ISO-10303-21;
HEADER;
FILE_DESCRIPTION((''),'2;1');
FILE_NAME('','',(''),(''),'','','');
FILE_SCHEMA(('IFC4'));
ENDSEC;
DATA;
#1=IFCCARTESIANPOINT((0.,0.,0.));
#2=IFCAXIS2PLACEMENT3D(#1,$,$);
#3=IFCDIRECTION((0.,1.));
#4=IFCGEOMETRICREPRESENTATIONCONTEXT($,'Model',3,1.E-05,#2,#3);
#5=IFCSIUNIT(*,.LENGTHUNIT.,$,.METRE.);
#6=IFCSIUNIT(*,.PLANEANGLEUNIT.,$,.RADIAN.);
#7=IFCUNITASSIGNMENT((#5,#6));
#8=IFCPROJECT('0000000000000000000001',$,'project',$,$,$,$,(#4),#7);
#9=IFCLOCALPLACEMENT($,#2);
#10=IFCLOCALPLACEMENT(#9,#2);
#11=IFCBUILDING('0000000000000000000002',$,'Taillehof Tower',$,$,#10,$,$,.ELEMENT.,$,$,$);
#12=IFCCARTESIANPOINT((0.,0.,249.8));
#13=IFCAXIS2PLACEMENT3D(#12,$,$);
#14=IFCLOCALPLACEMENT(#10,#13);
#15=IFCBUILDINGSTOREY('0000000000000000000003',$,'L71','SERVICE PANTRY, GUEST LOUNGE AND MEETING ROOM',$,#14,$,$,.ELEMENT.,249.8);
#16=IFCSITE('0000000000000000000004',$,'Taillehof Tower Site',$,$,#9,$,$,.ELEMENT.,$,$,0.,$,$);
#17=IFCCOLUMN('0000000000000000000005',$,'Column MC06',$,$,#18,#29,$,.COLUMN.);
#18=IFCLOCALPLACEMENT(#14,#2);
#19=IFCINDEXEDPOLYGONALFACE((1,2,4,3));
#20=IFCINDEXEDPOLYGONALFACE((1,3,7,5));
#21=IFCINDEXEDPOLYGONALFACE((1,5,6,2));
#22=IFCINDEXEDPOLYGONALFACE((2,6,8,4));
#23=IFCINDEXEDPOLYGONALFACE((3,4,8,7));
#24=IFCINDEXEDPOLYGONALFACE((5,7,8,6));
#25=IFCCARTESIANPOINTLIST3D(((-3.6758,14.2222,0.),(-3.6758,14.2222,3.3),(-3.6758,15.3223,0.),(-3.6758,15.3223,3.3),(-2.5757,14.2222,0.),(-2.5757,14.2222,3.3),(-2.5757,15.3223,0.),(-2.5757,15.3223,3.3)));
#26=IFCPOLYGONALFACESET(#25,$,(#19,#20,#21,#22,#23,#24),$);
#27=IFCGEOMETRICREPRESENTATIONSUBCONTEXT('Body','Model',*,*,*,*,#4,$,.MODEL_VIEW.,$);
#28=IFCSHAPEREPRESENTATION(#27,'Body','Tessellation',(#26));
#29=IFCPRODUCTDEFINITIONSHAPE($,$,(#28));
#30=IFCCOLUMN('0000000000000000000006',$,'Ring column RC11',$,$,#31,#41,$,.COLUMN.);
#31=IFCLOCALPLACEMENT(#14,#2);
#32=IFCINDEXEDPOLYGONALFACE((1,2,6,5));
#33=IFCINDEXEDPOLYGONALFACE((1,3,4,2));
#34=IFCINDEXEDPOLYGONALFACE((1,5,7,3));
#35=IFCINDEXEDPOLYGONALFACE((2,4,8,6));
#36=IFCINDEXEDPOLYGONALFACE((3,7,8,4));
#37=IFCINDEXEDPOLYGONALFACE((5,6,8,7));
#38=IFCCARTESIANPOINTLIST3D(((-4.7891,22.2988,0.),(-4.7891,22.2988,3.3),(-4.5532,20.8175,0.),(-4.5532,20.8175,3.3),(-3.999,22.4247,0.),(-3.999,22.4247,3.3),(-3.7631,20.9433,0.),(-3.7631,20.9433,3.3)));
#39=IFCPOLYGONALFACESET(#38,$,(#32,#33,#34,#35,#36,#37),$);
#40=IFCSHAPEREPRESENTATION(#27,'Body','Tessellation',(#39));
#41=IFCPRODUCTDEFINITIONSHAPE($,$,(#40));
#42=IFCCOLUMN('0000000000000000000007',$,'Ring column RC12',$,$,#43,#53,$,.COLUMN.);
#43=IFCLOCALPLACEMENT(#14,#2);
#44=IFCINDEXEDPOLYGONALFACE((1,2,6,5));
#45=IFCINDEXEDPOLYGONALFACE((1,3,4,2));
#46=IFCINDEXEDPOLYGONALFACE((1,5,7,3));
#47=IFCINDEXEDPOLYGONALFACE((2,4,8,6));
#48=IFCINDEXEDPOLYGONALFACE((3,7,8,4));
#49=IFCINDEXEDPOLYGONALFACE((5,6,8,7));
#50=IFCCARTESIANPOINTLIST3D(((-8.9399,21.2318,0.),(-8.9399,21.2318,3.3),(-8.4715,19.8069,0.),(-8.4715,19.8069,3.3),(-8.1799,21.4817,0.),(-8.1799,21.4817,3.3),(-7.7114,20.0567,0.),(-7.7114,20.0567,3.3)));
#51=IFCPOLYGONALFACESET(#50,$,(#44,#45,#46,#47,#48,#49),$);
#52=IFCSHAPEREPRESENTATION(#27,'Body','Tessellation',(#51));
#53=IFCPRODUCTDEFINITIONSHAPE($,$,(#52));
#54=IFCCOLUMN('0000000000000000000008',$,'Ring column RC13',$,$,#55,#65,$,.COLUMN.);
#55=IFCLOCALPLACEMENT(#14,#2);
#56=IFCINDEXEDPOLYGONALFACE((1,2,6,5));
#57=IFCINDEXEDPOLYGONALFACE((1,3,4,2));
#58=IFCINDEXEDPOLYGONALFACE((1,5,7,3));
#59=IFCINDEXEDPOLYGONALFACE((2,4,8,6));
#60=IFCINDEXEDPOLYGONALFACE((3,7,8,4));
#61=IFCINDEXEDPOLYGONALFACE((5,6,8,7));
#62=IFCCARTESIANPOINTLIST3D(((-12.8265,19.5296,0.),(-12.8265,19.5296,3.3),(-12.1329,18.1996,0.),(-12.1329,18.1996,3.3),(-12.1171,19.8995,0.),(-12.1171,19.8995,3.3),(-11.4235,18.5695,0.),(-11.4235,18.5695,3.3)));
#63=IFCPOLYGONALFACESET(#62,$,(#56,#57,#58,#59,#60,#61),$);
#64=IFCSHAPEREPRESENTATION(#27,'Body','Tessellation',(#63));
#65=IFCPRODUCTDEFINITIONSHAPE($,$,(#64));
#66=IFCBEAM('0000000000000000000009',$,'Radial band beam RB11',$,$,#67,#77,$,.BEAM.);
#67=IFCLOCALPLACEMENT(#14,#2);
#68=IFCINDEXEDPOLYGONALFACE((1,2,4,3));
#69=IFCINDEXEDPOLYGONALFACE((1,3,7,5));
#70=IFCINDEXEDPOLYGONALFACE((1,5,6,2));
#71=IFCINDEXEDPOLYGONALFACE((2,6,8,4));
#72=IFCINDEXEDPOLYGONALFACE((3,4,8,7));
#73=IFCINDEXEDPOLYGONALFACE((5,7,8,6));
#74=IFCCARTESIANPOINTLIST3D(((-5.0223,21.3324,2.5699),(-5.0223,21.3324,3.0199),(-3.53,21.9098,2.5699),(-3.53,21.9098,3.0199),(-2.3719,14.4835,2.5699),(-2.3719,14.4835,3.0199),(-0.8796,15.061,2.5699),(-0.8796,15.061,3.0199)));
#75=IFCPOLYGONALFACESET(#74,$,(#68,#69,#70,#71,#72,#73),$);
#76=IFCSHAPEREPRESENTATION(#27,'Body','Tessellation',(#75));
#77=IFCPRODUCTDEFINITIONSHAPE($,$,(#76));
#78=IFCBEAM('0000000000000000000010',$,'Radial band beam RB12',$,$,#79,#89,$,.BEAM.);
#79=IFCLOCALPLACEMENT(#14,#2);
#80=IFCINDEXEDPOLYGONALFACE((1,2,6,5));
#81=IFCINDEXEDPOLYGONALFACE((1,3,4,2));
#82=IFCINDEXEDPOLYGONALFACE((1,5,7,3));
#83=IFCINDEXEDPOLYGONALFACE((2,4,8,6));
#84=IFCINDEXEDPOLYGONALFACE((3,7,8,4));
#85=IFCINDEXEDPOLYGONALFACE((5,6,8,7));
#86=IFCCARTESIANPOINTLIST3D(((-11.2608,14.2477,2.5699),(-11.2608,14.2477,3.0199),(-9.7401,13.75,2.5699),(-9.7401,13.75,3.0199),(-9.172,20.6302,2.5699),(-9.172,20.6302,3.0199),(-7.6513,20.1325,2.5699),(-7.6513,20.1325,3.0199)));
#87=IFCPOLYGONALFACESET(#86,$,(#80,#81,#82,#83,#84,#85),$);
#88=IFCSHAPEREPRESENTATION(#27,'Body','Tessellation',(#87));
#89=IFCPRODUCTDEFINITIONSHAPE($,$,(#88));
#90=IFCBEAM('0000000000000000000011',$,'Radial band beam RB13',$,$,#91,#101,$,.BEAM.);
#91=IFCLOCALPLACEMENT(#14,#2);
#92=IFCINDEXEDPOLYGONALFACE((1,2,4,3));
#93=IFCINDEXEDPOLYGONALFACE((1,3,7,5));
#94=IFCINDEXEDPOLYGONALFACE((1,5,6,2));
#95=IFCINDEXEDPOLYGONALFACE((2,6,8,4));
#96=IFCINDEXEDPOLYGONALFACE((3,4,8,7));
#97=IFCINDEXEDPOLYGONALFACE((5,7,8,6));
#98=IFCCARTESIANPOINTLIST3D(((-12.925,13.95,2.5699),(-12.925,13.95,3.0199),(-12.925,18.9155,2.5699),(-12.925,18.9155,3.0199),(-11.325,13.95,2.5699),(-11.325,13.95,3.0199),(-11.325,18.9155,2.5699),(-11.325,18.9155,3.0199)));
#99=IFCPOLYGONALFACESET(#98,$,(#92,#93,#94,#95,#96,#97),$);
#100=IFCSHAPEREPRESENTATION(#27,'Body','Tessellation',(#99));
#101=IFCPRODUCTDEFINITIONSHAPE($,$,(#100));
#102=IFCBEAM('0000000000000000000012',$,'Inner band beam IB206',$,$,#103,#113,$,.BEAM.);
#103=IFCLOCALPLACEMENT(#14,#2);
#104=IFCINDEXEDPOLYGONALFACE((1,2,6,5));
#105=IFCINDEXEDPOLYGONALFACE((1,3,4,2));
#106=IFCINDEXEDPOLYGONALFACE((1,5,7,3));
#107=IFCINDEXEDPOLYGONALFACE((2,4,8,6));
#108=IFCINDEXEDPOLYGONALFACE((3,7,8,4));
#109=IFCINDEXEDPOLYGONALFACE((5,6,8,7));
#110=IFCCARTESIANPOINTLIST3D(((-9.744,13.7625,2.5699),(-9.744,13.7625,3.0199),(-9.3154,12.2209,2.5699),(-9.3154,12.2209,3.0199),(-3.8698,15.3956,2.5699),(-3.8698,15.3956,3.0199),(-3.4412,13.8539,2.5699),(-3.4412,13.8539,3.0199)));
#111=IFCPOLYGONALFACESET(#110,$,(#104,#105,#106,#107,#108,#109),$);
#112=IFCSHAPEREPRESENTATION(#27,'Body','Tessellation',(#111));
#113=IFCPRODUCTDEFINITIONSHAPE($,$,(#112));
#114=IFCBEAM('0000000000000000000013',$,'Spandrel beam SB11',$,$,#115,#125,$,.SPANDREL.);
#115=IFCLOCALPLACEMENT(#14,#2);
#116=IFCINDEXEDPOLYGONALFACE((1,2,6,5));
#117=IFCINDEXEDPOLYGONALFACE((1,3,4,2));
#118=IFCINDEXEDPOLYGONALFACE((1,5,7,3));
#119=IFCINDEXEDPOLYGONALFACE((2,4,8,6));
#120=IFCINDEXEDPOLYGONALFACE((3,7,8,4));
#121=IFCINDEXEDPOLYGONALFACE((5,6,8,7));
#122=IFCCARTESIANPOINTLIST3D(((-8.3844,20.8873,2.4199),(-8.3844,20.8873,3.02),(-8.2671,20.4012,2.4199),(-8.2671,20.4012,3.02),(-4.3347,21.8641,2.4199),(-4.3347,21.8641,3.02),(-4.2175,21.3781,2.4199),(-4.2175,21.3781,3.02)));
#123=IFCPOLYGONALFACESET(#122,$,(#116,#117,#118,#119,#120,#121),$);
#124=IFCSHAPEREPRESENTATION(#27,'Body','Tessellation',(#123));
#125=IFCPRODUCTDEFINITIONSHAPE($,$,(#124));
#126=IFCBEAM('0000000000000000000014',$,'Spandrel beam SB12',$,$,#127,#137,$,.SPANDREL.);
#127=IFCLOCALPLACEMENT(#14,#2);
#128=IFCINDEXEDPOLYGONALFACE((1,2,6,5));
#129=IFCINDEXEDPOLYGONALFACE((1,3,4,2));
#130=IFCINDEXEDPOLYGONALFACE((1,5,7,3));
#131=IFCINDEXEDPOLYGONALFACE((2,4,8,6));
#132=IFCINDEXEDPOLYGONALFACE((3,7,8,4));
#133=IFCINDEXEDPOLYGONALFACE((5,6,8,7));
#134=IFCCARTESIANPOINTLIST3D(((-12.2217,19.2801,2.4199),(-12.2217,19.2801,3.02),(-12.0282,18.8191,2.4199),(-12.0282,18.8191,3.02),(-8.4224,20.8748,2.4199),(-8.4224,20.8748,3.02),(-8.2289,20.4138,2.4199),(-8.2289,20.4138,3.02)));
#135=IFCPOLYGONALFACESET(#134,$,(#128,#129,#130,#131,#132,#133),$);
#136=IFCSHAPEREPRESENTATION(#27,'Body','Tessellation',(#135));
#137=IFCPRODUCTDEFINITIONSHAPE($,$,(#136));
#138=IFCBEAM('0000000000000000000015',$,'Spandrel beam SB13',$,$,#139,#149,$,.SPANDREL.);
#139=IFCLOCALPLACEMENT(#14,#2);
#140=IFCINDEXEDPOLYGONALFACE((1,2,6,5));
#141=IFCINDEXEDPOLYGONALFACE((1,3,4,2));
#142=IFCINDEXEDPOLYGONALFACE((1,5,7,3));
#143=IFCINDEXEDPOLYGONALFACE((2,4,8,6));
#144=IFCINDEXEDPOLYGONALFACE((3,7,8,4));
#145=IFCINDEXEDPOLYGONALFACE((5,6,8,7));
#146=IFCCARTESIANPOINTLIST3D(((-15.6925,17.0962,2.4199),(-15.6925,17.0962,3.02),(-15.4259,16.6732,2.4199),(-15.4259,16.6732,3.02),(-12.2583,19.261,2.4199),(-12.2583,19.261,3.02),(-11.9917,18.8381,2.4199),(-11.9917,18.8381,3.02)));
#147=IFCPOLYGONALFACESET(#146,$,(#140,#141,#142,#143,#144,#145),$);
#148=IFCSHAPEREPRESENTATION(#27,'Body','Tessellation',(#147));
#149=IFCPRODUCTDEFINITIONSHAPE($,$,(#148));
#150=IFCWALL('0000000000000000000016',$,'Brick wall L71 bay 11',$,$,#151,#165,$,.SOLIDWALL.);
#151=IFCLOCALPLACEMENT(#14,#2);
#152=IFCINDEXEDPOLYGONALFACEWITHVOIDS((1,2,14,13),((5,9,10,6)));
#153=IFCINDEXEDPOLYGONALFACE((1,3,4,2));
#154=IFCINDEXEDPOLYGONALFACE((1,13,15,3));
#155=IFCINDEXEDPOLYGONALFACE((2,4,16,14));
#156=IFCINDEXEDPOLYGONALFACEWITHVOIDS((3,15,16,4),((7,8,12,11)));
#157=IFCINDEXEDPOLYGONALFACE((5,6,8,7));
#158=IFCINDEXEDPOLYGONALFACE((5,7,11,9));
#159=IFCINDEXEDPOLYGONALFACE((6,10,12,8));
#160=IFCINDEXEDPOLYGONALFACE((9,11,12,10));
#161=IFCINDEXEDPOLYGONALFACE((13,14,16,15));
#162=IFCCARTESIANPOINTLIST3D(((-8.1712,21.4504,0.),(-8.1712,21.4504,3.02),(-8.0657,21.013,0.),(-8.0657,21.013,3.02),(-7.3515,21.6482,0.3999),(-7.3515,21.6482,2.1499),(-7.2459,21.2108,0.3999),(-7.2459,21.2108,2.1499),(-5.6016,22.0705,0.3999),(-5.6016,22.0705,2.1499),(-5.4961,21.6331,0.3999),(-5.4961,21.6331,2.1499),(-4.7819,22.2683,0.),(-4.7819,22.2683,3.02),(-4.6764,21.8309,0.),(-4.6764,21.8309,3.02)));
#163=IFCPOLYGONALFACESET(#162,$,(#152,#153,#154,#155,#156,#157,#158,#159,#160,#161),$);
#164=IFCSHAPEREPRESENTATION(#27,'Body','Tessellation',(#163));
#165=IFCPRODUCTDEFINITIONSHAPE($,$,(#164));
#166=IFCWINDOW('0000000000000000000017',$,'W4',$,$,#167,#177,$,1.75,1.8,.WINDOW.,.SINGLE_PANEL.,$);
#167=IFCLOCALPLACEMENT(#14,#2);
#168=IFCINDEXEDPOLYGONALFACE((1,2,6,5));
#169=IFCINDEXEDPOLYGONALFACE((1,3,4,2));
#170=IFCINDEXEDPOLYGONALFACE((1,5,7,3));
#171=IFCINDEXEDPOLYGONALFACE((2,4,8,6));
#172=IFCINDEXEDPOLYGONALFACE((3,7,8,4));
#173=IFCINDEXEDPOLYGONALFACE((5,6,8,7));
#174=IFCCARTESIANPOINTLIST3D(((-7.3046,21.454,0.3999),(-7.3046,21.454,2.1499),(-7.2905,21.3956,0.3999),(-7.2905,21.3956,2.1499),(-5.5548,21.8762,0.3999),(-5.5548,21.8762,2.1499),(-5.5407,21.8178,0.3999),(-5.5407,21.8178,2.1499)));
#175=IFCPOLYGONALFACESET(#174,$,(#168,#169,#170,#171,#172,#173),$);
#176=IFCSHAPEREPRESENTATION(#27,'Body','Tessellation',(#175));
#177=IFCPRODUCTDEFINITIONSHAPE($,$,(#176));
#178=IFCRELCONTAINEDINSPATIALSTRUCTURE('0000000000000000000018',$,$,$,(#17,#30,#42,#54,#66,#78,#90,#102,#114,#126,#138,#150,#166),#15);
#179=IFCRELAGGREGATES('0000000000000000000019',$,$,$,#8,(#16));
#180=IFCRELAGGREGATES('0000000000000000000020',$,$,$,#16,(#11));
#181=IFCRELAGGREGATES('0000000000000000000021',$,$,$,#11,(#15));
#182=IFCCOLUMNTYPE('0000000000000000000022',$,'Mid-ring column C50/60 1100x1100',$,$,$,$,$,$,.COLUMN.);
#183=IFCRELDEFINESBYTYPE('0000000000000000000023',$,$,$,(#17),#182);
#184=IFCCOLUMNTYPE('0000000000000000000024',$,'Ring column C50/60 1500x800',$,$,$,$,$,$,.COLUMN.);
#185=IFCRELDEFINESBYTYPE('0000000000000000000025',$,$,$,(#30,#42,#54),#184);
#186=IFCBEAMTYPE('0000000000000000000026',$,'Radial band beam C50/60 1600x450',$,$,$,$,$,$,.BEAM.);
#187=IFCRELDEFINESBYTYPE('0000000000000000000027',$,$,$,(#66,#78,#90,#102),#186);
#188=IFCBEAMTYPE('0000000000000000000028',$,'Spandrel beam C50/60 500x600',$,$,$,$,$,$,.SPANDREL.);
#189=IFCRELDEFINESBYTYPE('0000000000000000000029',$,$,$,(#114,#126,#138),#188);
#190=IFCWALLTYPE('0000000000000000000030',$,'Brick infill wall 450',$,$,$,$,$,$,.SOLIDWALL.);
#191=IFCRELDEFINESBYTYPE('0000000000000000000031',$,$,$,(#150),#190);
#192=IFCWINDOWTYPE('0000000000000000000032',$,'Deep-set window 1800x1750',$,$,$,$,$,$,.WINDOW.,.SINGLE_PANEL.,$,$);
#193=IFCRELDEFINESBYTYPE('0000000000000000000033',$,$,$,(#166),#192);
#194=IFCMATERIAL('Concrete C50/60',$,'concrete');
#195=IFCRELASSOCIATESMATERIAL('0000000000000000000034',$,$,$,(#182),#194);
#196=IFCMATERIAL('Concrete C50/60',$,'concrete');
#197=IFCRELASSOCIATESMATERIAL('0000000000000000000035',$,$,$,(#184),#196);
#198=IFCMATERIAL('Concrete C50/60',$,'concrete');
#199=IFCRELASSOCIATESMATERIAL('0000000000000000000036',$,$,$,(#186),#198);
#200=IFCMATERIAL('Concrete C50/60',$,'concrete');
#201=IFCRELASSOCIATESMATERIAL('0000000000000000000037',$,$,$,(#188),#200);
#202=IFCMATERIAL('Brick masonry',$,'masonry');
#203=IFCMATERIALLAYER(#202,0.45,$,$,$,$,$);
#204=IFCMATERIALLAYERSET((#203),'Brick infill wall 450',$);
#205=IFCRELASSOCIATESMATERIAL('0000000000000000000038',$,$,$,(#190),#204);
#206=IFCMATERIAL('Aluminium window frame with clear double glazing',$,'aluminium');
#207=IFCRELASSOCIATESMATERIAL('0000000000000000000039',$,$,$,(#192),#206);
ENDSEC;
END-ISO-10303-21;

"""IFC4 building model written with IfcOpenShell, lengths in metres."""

from ifc_helpers import new_model, si_unit, direction, frame, frame_2d, origin, origin_2d, place, context, subcontext, project, spatial, rectangle, extrude, material, layer, layer_set, material_profile, profile_set, type_object, element, fill, save


model = new_model("IFC4")

# Units and contexts
model_context = context("Model", 3, precision=1e-05, world=origin(), true_north=direction((0.0, 1.0)))
body_context = subcontext(model_context, "Body", "Model", "MODEL_VIEW")
ifc_project = project(units=[si_unit("LENGTHUNIT", "METRE"), si_unit("PLANEANGLEUNIT", "RADIAN")], contexts=[model_context])

# Site, building, storey
site_placement = place(None, origin())
site = spatial("IfcSite", under=ifc_project, at=site_placement, Name="Taillehof Tower Site", CompositionType="ELEMENT", RefElevation=0.0)
building_placement = place(site_placement, origin())
building = spatial("IfcBuilding", under=site, at=building_placement, Name="Taillehof Tower", CompositionType="ELEMENT")
storey_placement = place(building_placement, frame((0.0, 0.0, 249.8)))
storey = spatial("IfcBuildingStorey", under=building, at=storey_placement, Name="L71", Description="SERVICE PANTRY, GUEST LOUNGE AND MEETING ROOM", CompositionType="ELEMENT", Elevation=249.8)

# Columns
ifc_material_1 = material(Name="Concrete C50/60", Category="concrete")
ifc_material_profile_1 = material_profile(ifc_material_1, rectangle(XDim=1.1001, YDim=1.1001, at=origin_2d()), Name="RC 1100x1100")
ifc_profile_set_1 = profile_set([ifc_material_profile_1], Name="Concrete C50/60")
column_type_1 = type_object("IfcColumnType", Name="Mid-ring column C50/60 1100x1100", PredefinedType="COLUMN", material=ifc_profile_set_1)
column_placement = place(storey_placement, frame((-3.1257, 14.7722, 0.0), z_axis=(0.0, 0.0, 1.0), x_axis=(1.0, 0.0, 0.0)))
element("IfcColumn", 1, at=column_placement, inside=storey, type_object=column_type_1, Name="Column MC06", PredefinedType="COLUMN", context=body_context, shape_type="SweptSolid", body=[
    extrude(rectangle(XDim=1.1001, YDim=1.1001, at=origin_2d()), origin(), (0.0, 0.0, 1.0), 3.3),
])
ifc_material_2 = material(Name="Concrete C50/60", Category="concrete")
ifc_material_profile_2 = material_profile(ifc_material_2, rectangle(XDim=1.5, YDim=0.8, at=origin_2d()), Name="RC 1500x800")
ifc_profile_set_2 = profile_set([ifc_material_profile_2], Name="Concrete C50/60")
column_type_2 = type_object("IfcColumnType", Name="Ring column C50/60 1500x800", PredefinedType="COLUMN", material=ifc_profile_set_2)
for number, where, z_axis, x_axis, name in (
    (2, (-4.2761, 21.6211, 0.0), (0.0, 0.0, 1.0), (-0.157281, 0.987554, 0.0), "Ring column RC11"),
    (3, (-8.3257, 20.6443, 0.0), (0.0, 0.0, 1.0), (-0.312304, 0.949982, 0.0), "Ring column RC12"),
    (4, (-12.125, 19.0496, 0.0), (0.0, 0.0, 1.0), (-0.462384, 0.88668, 0.0), "Ring column RC13"),
):
    element("IfcColumn", number, at=place(storey_placement, frame(where, z_axis=z_axis, x_axis=x_axis)), inside=storey, type_object=column_type_2, Name=name, PredefinedType="COLUMN", context=body_context, shape_type="SweptSolid", body=[
        extrude(rectangle(XDim=1.5, YDim=0.8, at=origin_2d()), origin(), (0.0, 0.0, 1.0), 3.3),
    ])

# Beams
ifc_material_3 = material(Name="Concrete C50/60", Category="concrete")
ifc_material_profile_3 = material_profile(ifc_material_3, rectangle(XDim=1.6001, YDim=0.45, at=origin_2d()), Name="RC 1600x450")
ifc_profile_set_3 = profile_set([ifc_material_profile_3], Name="Concrete C50/60")
beam_type_1 = type_object("IfcBeamType", Name="Radial band beam C50/60 1600x450", PredefinedType="BEAM", material=ifc_profile_set_3)
beam_1_placement = place(storey_placement, frame((-4.2761, 21.6211, 2.7949), z_axis=(0.360901, -0.932604, 0.0), x_axis=(0.932604, 0.360901, 0.0)))
element("IfcBeam", 5, at=beam_1_placement, inside=storey, type_object=beam_type_1, Name="Radial band beam RB11", PredefinedType="BEAM", context=body_context, shape_type="SweptSolid", body=[
    extrude(rectangle(XDim=1.6001, YDim=0.45, at=origin_2d()), origin(), (0.0, 0.0, 1.0), 7.3438),
])
beam_2_placement = place(storey_placement, frame((-8.4116, 20.3813, 2.7949), z_axis=(-0.311043, -0.950396, 0.0), x_axis=(0.950396, -0.311043, 0.0)))
element("IfcBeam", 6, at=beam_2_placement, inside=storey, type_object=beam_type_1, Name="Radial band beam RB12", PredefinedType="BEAM", context=body_context, shape_type="SweptSolid", body=[
    extrude(rectangle(XDim=1.6001, YDim=0.45, at=origin_2d()), origin(), (0.0, 0.0, 1.0), 6.7156),
])
beam_3_placement = place(storey_placement, frame((-12.125, 18.9155, 2.7949), z_axis=(0.0, -1.0, 0.0), x_axis=(1.0, 0.0, 0.0)))
element("IfcBeam", 7, at=beam_3_placement, inside=storey, type_object=beam_type_1, Name="Radial band beam RB13", PredefinedType="BEAM", context=body_context, shape_type="SweptSolid", body=[
    extrude(rectangle(XDim=1.6001, YDim=0.45, at=origin_2d()), origin(), (0.0, 0.0, 1.0), 4.9656),
])
beam_4_placement = place(storey_placement, frame((-3.6555, 14.6248, 2.7949), z_axis=(-0.963459, -0.267855, 0.0), x_axis=(0.267855, -0.963459, 0.0)))
element("IfcBeam", 8, at=beam_4_placement, inside=storey, type_object=beam_type_1, Name="Inner band beam IB206", PredefinedType="BEAM", context=body_context, shape_type="SweptSolid", body=[
    extrude(rectangle(XDim=1.6001, YDim=0.45, at=origin_2d()), origin(), (0.0, 0.0, 1.0), 6.0969),
])
ifc_material_4 = material(Name="Concrete C50/60", Category="concrete")
ifc_material_profile_4 = material_profile(ifc_material_4, rectangle(XDim=0.5, YDim=0.6001, at=origin_2d()), Name="RC 500x600")
ifc_profile_set_4 = profile_set([ifc_material_profile_4], Name="Concrete C50/60")
beam_type_2 = type_object("IfcBeamType", Name="Spandrel beam C50/60 500x600", PredefinedType="SPANDREL", material=ifc_profile_set_4)
beam_5_placement = place(storey_placement, frame((-4.2761, 21.6211, 2.72), z_axis=(-0.972119, -0.234488, 0.0), x_axis=(0.234488, -0.972119, 0.0)))
element("IfcBeam", 9, at=beam_5_placement, inside=storey, type_object=beam_type_2, Name="Spandrel beam SB11", PredefinedType="SPANDREL", context=body_context, shape_type="SweptSolid", body=[
    extrude(rectangle(XDim=0.5, YDim=0.6001, at=origin_2d()), origin(), (0.0, 0.0, 1.0), 4.1658),
])
beam_6_placement = place(storey_placement, frame((-8.3257, 20.6443, 2.72), z_axis=(-0.922068, -0.387029, 0.0), x_axis=(0.387029, -0.922068, 0.0)))
element("IfcBeam", 10, at=beam_6_placement, inside=storey, type_object=beam_type_2, Name="Spandrel beam SB12", PredefinedType="SPANDREL", context=body_context, shape_type="SweptSolid", body=[
    extrude(rectangle(XDim=0.5, YDim=0.6001, at=origin_2d()), origin(), (0.0, 0.0, 1.0), 4.1204),
])
beam_7_placement = place(storey_placement, frame((-12.125, 19.0496, 2.72), z_axis=(-0.845944, -0.533271, 0.0), x_axis=(0.533271, -0.845944, 0.0)))
element("IfcBeam", 11, at=beam_7_placement, inside=storey, type_object=beam_type_2, Name="Spandrel beam SB13", PredefinedType="SPANDREL", context=body_context, shape_type="SweptSolid", body=[
    extrude(rectangle(XDim=0.5, YDim=0.6001, at=origin_2d()), origin(), (0.0, 0.0, 1.0), 4.0596),
])

# Wall, opening, window
ifc_material_5 = material(Name="Brick masonry", Category="masonry")
ifc_layer_1 = layer(ifc_material_5, 0.45)
ifc_layer_set_1 = layer_set([ifc_layer_1], Name="Brick infill wall 450")
wall_type_1 = type_object("IfcWallType", Name="Brick infill wall 450", PredefinedType="SOLIDWALL", material=ifc_layer_set_1)
wall_1_placement = place(storey_placement, frame((-4.7292, 22.0496, 0.0), z_axis=(0.0, 0.0, 1.0), x_axis=(-0.972099, -0.23457, 0.0)))
wall_1 = element("IfcWall", 12, at=wall_1_placement, inside=storey, type_object=wall_type_1, Name="Brick wall L71 bay 11", PredefinedType="SOLIDWALL", context=body_context, shape_type="SweptSolid", body=[
    extrude(rectangle(XDim=3.4866, YDim=0.45, at=frame_2d((1.7432, 0.0))), origin(), (0.0, 0.0, 1.0), 3.02),
])
opening_1_placement = place(wall_1_placement, frame((0.8433, 0.0, 0.3999)))
opening_1 = element("IfcOpeningElement", 13, at=opening_1_placement, cuts=wall_1, PredefinedType="OPENING", context=body_context, shape_type="SweptSolid", body=[
    extrude(rectangle(XDim=1.8, YDim=1.75, at=frame_2d((0.8999, 0.875))), frame((0.0, 0.2349, 0.0), z_axis=(0.0, -1.0, 0.0), x_axis=(1.0, 0.0, 0.0)), (0.0, 0.0, 1.0), 0.47),
])
ifc_material_6 = material(Name="Aluminium window frame with clear double glazing", Category="aluminium")
window_type = type_object("IfcWindowType", Name="Deep-set window 1800x1750", PartitioningType="SINGLE_PANEL", PredefinedType="WINDOW", material=ifc_material_6)
window_1_placement = place(opening_1_placement, origin())
window_1 = element("IfcWindow", 14, at=window_1_placement, inside=storey, type_object=window_type, Name="W4", OverallHeight=1.75, OverallWidth=1.8, PartitioningType="SINGLE_PANEL", PredefinedType="WINDOW", context=body_context, shape_type="SweptSolid", body=[
    extrude(rectangle(XDim=1.8, YDim=1.75, at=frame_2d((0.8999, 0.875))), frame((0.0, 0.0349, 0.0), z_axis=(0.0, -1.0, 0.0), x_axis=(1.0, 0.0, 0.0)), (0.0, 0.0, 1.0), 0.0601),
])
fill(opening_1, window_1)

save(model, "model.ifc")
